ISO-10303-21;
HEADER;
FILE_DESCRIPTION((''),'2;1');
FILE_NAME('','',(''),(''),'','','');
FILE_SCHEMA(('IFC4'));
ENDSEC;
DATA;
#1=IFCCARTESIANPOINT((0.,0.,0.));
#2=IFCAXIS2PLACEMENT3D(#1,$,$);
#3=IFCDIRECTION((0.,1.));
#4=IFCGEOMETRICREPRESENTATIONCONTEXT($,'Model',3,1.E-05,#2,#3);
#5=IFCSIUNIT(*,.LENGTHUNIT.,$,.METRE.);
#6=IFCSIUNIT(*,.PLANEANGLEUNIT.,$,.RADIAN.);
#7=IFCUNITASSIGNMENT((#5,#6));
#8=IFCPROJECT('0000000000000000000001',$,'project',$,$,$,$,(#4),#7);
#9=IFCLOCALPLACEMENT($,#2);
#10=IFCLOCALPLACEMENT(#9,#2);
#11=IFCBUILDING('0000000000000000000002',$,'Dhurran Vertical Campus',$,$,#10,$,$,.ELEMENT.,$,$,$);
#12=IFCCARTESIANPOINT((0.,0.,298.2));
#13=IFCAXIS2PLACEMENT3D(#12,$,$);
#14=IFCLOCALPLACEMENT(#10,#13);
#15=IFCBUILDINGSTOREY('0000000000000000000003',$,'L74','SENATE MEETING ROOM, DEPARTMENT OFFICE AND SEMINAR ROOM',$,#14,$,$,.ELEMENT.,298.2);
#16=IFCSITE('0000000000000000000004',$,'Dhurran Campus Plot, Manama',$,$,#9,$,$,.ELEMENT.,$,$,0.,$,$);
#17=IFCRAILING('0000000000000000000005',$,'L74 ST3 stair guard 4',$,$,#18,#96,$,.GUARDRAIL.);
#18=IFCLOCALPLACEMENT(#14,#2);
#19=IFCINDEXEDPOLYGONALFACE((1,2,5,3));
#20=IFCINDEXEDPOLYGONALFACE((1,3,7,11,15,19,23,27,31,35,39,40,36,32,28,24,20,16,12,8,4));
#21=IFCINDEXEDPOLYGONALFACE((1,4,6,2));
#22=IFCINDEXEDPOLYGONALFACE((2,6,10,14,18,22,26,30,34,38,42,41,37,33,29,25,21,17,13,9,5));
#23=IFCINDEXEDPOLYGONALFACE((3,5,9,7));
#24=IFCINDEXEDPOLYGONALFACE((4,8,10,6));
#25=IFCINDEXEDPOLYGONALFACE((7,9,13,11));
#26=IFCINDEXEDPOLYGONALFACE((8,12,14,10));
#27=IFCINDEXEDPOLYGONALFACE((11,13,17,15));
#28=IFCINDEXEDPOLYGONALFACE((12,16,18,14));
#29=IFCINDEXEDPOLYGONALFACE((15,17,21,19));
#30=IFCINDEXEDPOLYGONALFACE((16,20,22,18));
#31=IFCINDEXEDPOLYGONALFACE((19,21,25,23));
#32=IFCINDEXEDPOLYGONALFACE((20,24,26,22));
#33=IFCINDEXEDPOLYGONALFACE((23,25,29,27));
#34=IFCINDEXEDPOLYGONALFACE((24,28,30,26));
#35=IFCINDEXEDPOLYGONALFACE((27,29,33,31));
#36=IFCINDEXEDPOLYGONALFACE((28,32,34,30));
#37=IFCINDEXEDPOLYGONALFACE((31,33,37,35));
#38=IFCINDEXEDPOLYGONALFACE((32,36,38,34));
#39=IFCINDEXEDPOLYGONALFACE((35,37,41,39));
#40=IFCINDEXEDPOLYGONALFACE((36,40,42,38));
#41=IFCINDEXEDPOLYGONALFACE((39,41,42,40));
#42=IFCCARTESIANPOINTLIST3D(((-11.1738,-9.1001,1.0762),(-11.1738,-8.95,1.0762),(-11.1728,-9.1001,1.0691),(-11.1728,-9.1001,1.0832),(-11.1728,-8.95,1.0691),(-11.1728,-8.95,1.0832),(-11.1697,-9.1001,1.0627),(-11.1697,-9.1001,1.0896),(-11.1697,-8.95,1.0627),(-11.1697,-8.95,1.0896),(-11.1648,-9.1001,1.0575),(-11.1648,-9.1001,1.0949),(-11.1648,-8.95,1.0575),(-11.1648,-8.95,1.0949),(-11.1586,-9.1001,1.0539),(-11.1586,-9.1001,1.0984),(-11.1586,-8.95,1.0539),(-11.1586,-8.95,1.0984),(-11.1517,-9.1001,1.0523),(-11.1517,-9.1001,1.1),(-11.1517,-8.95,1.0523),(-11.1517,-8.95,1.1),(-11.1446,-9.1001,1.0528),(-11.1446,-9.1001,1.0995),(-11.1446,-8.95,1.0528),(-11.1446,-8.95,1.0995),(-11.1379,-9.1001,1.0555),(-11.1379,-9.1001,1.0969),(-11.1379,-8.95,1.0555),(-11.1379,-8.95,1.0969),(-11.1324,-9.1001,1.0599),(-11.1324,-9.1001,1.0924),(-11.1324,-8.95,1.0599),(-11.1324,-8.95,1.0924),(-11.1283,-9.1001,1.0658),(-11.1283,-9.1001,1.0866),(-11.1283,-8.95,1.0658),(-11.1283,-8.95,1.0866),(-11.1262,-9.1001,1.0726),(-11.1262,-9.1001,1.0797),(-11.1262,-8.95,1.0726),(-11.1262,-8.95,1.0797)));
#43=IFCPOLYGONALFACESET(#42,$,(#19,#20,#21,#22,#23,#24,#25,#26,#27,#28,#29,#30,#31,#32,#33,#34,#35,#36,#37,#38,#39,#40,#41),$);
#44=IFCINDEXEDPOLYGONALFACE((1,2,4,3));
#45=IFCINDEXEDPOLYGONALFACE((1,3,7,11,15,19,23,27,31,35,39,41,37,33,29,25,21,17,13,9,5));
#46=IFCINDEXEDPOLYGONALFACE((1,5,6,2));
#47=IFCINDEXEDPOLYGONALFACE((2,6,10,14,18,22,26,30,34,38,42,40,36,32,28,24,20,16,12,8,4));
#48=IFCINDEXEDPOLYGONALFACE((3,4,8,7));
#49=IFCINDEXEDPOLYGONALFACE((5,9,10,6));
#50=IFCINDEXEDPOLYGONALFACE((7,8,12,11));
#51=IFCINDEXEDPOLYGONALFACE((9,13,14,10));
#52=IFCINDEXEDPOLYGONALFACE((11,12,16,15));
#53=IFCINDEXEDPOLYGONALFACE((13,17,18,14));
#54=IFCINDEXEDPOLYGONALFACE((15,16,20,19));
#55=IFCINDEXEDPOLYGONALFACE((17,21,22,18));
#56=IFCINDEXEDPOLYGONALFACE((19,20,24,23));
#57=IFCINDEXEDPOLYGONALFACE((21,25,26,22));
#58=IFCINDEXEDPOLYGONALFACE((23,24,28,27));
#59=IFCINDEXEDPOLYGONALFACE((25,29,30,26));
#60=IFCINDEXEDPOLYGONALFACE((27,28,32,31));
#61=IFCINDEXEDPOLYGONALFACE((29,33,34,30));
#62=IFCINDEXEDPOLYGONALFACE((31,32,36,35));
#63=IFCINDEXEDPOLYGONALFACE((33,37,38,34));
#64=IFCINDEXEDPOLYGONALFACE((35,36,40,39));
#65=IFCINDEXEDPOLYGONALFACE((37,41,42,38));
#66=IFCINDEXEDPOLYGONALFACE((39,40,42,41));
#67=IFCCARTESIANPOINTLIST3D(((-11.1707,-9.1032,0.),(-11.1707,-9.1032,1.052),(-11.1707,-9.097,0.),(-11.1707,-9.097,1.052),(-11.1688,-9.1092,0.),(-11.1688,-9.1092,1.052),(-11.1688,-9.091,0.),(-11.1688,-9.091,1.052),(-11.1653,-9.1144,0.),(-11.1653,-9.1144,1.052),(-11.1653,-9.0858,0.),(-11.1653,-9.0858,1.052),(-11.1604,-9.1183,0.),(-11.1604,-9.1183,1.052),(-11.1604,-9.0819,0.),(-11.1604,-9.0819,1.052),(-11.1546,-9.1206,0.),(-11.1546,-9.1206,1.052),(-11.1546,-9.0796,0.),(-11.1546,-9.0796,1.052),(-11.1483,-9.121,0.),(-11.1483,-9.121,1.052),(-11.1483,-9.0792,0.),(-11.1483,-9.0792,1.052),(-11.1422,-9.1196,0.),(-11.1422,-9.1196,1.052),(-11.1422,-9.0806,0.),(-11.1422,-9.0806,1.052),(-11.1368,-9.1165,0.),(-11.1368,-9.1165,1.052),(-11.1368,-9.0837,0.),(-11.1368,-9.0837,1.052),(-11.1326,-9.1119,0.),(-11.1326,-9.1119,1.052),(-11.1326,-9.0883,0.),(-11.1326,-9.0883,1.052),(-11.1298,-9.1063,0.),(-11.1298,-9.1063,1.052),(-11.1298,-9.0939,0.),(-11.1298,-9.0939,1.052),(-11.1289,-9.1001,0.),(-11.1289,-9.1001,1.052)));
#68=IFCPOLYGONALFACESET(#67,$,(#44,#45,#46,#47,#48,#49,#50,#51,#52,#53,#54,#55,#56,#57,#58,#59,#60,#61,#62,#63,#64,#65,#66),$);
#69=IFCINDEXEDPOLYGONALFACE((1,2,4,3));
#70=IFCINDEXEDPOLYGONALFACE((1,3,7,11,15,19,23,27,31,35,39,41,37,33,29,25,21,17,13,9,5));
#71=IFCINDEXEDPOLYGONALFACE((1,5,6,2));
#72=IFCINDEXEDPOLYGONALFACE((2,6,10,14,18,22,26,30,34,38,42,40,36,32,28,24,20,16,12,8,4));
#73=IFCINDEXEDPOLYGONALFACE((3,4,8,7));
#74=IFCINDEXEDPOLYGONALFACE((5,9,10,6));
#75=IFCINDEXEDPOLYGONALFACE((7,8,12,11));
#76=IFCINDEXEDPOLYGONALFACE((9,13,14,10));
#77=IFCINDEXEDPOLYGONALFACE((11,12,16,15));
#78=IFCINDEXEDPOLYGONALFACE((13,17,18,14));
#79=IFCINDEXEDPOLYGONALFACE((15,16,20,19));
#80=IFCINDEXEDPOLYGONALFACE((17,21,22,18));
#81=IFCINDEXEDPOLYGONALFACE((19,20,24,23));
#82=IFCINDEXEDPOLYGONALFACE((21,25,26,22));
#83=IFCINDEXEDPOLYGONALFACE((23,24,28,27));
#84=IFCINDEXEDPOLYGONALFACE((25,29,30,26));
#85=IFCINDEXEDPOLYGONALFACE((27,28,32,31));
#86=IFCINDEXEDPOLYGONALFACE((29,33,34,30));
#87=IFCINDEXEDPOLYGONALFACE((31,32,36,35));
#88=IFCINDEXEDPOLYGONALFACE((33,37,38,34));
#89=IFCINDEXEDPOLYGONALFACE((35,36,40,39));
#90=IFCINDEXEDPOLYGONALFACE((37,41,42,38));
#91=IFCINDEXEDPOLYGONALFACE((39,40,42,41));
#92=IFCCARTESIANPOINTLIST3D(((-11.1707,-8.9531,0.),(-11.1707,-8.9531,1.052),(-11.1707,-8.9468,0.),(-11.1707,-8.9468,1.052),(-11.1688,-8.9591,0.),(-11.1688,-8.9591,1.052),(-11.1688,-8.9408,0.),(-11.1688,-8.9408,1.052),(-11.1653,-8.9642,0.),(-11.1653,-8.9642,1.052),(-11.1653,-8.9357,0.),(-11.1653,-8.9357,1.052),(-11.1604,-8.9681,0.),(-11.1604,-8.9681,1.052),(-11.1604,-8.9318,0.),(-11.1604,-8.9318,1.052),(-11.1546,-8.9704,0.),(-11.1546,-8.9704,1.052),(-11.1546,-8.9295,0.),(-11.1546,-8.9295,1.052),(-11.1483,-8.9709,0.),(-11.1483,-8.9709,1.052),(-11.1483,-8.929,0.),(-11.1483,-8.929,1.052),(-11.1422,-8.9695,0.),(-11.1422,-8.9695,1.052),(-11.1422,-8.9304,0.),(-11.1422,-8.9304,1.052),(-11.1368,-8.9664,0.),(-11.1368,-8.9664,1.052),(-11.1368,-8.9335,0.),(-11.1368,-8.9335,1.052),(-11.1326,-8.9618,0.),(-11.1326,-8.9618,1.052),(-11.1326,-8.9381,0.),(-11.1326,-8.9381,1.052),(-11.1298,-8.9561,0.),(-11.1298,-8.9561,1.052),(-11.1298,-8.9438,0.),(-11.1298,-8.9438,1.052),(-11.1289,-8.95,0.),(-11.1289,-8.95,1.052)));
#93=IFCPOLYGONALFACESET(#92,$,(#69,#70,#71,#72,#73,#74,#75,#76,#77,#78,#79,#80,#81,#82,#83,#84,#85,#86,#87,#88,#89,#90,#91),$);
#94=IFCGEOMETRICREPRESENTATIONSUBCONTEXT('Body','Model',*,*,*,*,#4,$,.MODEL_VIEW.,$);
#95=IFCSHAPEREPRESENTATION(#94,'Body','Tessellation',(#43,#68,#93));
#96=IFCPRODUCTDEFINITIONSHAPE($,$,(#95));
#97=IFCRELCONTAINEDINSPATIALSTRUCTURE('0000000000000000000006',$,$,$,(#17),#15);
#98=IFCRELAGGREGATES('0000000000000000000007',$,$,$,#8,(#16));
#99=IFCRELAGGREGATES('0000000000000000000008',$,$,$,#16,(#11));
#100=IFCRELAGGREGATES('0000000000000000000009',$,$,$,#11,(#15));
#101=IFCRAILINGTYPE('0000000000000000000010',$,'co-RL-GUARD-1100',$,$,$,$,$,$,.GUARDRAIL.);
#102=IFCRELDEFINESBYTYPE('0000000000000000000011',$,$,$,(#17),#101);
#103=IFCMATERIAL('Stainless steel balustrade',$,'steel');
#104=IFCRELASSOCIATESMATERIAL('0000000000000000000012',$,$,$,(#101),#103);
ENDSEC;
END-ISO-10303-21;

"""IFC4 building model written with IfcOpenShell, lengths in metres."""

from ifc_helpers import new_model, si_unit, direction, frame, origin, origin_2d, place, context, subcontext, project, spatial, circle, extrude, material, type_object, element, save


model = new_model("IFC4")

# Units and contexts
model_context = context("Model", 3, precision=1e-05, world=origin(), true_north=direction((0.0, 1.0)))
body_context = subcontext(model_context, "Body", "Model", "MODEL_VIEW")
ifc_project = project(units=[si_unit("LENGTHUNIT", "METRE"), si_unit("PLANEANGLEUNIT", "RADIAN")], contexts=[model_context])

# Site, building, storey
site_placement = place(None, origin())
site = spatial("IfcSite", under=ifc_project, at=site_placement, Name="Dhurran Campus Plot, Manama", CompositionType="ELEMENT", RefElevation=0.0)
building_placement = place(site_placement, origin())
building = spatial("IfcBuilding", under=site, at=building_placement, Name="Dhurran Vertical Campus", CompositionType="ELEMENT")
storey_placement = place(building_placement, frame((0.0, 0.0, 298.2)))
storey = spatial("IfcBuildingStorey", under=building, at=storey_placement, Name="L74", Description="SENATE MEETING ROOM, DEPARTMENT OFFICE AND SEMINAR ROOM", CompositionType="ELEMENT", Elevation=298.2)

# Railing
ifc_material_1 = material(Name="Stainless steel balustrade", Category="steel")
railing_type_1 = type_object("IfcRailingType", Name="co-RL-GUARD-1100", PredefinedType="GUARDRAIL", material=ifc_material_1)
railing_1_placement = place(storey_placement, frame((-11.1499, -9.1001, 0.0)))
element("IfcRailing", 1, at=railing_1_placement, inside=storey, type_object=railing_type_1, Name="L74 ST3 stair guard 4", PredefinedType="GUARDRAIL", context=body_context, shape_type="SweptSolid", body=[
    extrude(circle(Radius=0.0239, at=origin_2d()), frame((0.0, 0.0, 1.0762), z_axis=(0.0, 1.0, 0.0), x_axis=(-1.0, 0.0, 0.0)), (0.0, 0.0, 1.0), 0.1501),
    extrude(circle(Radius=0.021, at=origin_2d()), origin(), (0.0, 0.0, 1.0), 1.052),
    extrude(circle(Radius=0.021, at=origin_2d()), frame((0.0, 0.1501, 0.0)), (0.0, 0.0, 1.0), 1.052),
])

save(model, "model.ifc")
